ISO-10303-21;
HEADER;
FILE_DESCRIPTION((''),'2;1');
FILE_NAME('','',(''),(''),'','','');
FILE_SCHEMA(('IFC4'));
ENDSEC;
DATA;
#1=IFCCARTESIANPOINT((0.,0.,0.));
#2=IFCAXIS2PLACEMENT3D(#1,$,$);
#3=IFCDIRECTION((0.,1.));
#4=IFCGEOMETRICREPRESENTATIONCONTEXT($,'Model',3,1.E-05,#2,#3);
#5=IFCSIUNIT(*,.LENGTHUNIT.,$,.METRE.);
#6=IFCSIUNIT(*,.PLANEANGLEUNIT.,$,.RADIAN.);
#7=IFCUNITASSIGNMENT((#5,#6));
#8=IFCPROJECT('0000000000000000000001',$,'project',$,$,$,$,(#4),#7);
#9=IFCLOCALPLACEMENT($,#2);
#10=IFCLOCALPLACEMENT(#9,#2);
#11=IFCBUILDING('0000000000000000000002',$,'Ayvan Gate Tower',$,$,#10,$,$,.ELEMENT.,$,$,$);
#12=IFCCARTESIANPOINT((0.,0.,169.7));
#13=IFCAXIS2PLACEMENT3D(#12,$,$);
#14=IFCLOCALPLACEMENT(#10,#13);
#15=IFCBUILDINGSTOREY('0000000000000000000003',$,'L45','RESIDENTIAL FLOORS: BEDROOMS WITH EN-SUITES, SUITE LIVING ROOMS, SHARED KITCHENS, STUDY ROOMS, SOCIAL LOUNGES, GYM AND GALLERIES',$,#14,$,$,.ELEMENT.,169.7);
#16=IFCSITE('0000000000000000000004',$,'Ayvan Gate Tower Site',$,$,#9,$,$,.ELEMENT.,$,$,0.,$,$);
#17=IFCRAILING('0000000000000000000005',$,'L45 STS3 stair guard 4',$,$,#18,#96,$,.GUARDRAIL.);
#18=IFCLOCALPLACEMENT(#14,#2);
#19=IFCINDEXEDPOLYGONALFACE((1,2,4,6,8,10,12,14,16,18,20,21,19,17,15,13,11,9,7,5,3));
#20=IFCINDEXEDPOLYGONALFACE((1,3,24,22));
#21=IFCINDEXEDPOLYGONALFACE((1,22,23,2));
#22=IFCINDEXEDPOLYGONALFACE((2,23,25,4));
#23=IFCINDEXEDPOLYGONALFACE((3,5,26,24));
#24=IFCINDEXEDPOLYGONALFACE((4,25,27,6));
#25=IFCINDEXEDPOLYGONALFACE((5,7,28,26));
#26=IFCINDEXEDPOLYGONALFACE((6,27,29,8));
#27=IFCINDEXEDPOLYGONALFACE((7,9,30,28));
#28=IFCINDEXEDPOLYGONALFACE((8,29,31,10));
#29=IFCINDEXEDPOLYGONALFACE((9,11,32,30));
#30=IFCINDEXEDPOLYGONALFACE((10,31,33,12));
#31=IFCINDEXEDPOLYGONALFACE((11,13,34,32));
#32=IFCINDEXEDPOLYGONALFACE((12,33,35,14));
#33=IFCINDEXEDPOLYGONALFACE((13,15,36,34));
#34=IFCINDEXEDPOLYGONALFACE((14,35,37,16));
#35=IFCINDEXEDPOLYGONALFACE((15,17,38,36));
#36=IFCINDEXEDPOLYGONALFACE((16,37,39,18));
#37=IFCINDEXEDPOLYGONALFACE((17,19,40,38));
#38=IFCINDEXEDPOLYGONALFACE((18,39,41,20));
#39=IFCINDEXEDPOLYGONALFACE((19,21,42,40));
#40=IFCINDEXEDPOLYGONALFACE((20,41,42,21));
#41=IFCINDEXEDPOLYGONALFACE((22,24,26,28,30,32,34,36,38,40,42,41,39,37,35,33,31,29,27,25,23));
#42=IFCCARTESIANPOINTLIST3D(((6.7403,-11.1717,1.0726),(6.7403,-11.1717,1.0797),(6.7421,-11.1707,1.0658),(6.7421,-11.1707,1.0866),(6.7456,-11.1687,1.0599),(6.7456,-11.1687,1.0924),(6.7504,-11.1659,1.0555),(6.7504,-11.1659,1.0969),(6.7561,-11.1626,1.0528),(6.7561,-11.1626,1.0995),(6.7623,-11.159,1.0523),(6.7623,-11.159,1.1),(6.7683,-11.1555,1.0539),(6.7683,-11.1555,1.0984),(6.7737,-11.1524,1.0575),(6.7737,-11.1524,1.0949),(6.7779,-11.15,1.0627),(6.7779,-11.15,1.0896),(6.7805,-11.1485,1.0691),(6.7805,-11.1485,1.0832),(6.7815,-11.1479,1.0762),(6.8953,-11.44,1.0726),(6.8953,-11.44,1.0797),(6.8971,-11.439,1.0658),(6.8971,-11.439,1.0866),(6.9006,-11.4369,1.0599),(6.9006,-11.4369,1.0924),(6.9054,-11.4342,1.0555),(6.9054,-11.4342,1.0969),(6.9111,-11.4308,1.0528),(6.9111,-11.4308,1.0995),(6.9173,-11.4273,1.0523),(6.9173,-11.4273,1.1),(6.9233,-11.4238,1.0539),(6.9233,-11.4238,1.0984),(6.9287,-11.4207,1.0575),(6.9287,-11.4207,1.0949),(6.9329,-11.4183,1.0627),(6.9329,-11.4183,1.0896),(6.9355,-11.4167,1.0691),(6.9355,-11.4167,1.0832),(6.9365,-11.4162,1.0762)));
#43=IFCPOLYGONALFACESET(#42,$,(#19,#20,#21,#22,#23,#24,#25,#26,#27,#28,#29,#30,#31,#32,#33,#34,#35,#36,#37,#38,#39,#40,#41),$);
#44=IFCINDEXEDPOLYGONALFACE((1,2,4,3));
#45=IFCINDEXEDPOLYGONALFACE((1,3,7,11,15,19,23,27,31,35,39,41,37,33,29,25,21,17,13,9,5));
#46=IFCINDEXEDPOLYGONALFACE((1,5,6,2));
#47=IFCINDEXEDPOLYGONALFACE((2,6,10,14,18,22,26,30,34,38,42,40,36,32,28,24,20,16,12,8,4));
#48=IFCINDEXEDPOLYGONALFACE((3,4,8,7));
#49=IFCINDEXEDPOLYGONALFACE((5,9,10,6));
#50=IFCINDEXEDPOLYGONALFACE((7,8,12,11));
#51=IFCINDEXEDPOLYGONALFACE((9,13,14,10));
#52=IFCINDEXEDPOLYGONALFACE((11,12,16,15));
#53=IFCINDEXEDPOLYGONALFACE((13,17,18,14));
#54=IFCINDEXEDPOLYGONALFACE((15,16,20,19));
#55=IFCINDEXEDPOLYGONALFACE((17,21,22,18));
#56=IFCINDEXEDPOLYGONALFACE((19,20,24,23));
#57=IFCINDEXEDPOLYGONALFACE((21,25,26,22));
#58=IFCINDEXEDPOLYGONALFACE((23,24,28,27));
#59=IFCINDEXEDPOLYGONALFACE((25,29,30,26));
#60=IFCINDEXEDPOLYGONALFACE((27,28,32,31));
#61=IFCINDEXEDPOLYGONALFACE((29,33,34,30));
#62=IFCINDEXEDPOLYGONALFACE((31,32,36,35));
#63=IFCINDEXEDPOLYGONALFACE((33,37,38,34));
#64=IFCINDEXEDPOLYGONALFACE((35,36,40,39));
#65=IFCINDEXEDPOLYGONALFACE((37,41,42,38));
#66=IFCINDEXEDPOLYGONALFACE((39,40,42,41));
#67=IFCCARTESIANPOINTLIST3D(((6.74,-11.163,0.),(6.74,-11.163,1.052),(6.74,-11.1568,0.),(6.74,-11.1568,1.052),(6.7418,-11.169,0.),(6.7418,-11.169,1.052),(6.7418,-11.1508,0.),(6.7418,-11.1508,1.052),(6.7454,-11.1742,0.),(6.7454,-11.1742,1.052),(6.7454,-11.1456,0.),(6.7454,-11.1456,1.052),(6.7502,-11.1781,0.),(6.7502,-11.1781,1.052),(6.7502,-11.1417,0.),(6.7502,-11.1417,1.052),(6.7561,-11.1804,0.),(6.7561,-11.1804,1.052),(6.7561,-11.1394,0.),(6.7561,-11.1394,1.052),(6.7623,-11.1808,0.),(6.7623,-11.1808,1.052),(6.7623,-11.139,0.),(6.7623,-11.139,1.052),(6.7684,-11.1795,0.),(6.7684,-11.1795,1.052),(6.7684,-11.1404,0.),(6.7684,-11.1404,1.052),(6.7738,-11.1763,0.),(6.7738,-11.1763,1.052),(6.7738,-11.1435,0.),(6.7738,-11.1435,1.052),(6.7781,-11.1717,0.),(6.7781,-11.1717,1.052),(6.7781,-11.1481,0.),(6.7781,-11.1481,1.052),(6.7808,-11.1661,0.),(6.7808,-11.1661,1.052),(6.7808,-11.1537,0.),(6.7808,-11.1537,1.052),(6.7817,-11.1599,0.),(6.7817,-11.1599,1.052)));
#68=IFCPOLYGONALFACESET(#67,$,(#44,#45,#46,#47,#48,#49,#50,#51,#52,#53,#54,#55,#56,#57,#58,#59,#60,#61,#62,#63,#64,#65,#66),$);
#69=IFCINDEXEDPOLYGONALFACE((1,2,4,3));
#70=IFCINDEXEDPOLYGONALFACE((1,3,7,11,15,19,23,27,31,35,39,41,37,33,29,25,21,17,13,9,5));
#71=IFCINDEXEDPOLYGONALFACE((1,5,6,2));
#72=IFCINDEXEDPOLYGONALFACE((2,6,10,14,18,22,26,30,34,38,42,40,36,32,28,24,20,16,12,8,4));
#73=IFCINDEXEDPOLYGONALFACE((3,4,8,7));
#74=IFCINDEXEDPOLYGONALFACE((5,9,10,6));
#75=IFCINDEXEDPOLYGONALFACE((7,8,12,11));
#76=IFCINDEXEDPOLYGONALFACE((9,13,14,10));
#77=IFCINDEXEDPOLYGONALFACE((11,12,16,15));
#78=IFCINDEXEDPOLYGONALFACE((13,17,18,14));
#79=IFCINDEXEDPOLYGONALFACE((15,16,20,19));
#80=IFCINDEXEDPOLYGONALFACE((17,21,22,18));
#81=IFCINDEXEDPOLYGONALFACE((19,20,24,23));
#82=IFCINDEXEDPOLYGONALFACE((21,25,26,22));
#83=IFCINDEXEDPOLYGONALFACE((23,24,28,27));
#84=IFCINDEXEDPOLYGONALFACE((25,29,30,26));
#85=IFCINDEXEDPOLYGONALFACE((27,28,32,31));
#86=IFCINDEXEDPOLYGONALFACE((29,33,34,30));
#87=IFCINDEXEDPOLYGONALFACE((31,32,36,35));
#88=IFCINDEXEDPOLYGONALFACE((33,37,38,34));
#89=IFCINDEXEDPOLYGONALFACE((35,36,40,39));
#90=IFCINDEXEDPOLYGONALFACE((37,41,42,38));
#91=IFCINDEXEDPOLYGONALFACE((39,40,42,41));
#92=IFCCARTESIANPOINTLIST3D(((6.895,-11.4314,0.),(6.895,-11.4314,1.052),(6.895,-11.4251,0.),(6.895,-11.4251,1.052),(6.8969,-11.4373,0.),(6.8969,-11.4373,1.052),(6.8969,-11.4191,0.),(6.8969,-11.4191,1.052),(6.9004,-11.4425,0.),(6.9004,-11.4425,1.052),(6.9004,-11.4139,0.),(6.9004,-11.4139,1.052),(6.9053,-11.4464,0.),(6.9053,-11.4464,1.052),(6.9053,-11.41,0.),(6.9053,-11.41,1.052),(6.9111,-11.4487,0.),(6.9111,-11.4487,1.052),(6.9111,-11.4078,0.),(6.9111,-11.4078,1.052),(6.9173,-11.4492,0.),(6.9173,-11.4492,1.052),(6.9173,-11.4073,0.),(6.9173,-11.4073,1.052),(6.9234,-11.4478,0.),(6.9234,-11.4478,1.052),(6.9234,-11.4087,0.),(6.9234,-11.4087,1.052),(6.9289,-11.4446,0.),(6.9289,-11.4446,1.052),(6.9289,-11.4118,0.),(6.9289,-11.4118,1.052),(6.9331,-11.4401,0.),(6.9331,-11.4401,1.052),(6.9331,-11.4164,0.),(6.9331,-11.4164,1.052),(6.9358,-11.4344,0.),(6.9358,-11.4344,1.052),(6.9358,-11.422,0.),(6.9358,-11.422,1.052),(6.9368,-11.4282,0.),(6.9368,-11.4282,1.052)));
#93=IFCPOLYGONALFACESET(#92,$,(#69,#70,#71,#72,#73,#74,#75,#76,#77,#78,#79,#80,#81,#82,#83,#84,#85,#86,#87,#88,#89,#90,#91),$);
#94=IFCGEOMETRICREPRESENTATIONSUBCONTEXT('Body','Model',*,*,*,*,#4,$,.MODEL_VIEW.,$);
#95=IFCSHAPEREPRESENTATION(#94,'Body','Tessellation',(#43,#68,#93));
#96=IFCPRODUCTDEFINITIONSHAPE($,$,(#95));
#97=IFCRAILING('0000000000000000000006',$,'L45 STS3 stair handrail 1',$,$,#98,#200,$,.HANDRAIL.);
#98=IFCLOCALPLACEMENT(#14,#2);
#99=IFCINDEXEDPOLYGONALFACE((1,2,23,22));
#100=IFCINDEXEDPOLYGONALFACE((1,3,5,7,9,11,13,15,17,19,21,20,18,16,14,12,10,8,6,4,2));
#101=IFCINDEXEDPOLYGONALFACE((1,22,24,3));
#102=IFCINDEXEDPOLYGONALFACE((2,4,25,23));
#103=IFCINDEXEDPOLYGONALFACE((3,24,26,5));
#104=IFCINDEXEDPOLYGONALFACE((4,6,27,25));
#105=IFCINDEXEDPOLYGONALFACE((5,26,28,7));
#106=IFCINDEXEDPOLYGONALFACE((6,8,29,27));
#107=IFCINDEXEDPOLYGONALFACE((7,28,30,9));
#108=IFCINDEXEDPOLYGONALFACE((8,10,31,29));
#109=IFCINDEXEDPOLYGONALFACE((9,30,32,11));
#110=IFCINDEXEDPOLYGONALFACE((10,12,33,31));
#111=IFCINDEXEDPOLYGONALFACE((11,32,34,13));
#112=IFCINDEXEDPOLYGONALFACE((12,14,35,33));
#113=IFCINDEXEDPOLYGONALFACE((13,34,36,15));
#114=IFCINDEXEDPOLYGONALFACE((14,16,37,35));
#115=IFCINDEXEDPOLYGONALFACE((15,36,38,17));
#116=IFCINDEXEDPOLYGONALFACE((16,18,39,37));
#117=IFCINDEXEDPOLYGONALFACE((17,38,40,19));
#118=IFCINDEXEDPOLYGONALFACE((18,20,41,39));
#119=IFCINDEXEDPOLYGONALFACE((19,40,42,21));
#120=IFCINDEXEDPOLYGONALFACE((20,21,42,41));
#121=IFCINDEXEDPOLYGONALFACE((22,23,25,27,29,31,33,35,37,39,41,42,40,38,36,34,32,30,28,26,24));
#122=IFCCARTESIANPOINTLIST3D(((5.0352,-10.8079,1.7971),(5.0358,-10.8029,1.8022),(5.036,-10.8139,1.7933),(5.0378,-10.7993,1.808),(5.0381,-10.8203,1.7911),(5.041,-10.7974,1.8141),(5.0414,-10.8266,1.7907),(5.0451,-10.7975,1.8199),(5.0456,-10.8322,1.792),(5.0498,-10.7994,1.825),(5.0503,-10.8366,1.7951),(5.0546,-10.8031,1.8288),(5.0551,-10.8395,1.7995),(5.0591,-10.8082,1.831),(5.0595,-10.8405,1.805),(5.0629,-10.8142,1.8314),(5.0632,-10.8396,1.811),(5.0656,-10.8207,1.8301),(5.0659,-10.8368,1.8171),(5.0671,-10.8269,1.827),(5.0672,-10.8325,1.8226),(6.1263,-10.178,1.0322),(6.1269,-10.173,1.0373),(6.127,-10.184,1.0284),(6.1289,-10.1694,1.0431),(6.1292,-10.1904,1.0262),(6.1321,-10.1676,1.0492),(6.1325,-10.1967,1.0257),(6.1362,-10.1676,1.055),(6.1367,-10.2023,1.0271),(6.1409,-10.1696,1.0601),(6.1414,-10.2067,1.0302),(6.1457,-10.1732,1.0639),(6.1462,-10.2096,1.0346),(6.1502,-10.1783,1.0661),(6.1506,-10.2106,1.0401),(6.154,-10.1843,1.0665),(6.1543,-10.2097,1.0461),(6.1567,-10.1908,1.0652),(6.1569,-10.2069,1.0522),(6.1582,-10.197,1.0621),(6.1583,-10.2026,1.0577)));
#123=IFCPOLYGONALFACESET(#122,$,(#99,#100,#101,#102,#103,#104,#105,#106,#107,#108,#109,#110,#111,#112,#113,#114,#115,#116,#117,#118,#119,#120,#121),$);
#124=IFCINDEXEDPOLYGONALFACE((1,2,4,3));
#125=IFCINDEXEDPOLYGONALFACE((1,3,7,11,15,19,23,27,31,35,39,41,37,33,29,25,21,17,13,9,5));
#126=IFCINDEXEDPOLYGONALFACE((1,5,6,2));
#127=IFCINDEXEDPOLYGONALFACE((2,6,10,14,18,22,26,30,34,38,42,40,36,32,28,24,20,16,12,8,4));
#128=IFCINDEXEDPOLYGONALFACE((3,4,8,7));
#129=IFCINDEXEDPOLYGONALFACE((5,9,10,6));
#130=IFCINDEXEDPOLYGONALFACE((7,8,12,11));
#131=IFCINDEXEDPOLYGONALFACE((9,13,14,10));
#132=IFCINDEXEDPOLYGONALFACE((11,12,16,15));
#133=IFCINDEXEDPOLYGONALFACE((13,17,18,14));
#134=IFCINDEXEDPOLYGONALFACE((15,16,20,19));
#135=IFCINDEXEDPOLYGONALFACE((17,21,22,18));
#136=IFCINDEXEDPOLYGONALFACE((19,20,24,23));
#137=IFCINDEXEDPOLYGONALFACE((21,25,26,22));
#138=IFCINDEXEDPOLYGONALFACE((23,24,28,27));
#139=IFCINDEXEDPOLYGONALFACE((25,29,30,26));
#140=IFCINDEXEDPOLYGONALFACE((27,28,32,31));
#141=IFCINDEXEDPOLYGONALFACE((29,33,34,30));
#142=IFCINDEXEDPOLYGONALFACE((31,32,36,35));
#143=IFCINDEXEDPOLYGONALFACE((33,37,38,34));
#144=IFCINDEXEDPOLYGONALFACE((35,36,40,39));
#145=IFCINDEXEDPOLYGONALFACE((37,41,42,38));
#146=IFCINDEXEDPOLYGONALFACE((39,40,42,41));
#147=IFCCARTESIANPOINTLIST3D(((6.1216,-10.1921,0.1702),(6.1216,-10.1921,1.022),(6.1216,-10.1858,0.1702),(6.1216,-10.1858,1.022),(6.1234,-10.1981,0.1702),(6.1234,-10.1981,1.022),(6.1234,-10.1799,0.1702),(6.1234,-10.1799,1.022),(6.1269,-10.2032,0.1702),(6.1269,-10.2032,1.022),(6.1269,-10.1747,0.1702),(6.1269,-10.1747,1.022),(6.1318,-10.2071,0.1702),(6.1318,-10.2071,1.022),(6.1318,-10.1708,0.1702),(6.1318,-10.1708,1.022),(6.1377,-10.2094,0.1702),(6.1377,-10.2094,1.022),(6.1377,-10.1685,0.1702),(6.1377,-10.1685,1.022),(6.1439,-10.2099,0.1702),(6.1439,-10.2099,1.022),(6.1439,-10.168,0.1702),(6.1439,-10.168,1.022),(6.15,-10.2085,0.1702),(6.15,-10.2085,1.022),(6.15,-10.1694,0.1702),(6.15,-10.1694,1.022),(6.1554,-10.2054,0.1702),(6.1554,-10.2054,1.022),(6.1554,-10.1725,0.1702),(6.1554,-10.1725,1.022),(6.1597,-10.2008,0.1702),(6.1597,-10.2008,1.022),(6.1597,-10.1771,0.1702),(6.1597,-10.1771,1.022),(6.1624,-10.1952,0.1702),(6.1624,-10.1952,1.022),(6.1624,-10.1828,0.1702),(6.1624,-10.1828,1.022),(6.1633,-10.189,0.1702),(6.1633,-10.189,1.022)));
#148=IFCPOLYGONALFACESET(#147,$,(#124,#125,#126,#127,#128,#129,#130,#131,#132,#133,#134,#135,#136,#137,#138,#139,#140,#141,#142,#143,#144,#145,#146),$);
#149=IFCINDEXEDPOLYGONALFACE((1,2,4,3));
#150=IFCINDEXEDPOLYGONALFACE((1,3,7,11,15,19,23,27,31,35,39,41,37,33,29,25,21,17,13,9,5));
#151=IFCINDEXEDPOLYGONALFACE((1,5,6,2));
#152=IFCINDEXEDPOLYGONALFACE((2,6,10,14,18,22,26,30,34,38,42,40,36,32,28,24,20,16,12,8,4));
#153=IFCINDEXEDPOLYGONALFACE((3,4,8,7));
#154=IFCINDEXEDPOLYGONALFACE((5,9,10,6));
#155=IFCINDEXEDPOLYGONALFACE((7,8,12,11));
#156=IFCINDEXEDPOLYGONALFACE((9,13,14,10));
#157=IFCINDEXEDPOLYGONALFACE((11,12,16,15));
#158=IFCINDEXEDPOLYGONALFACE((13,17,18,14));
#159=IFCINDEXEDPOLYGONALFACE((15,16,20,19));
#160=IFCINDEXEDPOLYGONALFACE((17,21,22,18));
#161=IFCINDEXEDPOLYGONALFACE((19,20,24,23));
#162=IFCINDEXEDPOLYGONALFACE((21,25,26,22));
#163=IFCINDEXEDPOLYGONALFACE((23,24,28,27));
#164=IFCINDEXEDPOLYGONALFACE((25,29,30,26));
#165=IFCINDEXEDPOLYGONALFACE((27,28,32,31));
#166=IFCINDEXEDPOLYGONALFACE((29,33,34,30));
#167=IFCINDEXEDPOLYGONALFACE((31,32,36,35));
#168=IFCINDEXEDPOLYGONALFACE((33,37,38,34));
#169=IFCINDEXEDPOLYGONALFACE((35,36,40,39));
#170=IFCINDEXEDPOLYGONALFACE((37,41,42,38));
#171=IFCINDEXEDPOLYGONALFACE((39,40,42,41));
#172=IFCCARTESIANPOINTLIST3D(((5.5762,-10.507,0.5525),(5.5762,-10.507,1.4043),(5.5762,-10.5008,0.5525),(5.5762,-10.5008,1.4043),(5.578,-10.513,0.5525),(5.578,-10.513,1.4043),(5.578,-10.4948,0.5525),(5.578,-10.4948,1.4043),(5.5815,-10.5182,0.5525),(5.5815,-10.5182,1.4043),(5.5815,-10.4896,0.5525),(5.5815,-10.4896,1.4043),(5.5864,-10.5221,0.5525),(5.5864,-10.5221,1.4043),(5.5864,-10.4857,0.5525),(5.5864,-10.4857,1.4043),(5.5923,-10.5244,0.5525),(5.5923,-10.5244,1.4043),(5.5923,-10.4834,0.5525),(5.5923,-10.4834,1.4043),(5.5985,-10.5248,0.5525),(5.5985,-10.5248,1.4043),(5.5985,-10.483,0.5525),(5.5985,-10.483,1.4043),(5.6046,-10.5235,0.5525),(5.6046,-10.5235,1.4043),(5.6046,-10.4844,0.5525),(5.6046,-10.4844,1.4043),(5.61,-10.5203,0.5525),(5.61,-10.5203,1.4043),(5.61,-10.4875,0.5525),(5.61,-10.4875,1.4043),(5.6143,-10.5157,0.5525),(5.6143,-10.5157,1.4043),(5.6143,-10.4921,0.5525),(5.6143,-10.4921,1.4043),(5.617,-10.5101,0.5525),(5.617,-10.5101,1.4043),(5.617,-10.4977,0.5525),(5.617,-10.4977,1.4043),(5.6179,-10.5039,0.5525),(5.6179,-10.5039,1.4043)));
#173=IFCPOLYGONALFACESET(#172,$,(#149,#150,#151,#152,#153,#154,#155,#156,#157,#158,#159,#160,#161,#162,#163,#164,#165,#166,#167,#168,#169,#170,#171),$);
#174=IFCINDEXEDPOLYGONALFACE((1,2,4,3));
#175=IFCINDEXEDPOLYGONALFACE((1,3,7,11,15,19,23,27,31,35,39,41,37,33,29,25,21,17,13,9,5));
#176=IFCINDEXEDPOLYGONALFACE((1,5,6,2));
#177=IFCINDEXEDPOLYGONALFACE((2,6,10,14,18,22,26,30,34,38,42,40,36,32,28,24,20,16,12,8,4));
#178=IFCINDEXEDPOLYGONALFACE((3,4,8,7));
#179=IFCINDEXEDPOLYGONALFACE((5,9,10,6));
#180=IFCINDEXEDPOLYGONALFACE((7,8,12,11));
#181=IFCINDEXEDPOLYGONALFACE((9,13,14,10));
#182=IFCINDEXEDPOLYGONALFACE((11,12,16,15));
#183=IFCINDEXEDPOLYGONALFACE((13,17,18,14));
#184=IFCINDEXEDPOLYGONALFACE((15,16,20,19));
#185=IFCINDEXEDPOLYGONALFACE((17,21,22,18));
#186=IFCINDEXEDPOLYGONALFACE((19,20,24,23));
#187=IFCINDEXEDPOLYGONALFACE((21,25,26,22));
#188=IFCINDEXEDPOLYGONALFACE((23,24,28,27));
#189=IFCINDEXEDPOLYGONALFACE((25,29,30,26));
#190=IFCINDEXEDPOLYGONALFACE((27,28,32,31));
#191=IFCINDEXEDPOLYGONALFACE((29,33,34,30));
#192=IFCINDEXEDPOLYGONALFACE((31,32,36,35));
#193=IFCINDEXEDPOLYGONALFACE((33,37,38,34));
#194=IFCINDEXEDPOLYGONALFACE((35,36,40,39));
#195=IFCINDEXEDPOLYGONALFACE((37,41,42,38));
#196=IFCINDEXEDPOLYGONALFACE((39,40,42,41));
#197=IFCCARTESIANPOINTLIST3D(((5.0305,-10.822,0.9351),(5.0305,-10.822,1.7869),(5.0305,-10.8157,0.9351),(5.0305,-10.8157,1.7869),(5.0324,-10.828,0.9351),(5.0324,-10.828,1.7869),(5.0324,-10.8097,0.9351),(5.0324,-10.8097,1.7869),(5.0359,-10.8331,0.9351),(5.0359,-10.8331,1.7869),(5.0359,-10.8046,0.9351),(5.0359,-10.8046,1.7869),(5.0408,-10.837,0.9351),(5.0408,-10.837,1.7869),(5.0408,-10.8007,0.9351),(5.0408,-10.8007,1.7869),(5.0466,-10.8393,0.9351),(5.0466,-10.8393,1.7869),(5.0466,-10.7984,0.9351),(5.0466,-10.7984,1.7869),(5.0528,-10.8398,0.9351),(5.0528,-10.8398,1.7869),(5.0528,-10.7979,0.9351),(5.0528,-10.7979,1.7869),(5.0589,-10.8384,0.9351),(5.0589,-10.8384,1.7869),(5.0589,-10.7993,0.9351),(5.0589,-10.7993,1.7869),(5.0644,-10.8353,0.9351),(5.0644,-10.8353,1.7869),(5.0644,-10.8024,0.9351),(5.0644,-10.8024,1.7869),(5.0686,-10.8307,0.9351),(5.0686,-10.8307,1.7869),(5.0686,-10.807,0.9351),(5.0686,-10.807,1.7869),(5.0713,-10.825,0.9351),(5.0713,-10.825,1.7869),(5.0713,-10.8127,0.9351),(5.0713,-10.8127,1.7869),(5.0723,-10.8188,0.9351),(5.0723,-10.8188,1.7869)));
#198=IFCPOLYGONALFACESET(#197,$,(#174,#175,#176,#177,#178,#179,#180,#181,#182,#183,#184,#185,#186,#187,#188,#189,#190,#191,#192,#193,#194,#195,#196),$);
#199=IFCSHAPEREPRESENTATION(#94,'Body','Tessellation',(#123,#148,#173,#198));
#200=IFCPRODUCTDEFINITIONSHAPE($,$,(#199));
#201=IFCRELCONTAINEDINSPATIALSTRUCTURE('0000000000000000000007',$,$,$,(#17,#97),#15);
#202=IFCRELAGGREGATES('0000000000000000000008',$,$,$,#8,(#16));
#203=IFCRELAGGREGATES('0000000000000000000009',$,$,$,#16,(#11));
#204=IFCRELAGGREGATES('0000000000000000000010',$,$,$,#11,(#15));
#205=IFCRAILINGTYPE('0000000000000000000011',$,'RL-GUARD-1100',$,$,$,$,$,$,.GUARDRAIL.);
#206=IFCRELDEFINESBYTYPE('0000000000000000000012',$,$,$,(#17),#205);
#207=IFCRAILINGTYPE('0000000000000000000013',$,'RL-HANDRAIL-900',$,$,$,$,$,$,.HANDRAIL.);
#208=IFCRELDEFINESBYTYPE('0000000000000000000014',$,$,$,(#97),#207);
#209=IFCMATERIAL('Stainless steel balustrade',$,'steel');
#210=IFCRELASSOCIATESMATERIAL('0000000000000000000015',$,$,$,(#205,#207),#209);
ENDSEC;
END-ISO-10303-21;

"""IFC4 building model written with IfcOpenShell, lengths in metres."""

from ifc_helpers import new_model, si_unit, direction, frame, origin, origin_2d, place, context, subcontext, project, spatial, circle, extrude, material, type_object, element, save


model = new_model("IFC4")

# Units and contexts
model_context = context("Model", 3, precision=1e-05, world=origin(), true_north=direction((0.0, 1.0)))
body_context = subcontext(model_context, "Body", "Model", "MODEL_VIEW")
ifc_project = project(units=[si_unit("LENGTHUNIT", "METRE"), si_unit("PLANEANGLEUNIT", "RADIAN")], contexts=[model_context])

# Site, building, storey
site_placement = place(None, origin())
site = spatial("IfcSite", under=ifc_project, at=site_placement, Name="Ayvan Gate Tower Site", CompositionType="ELEMENT", RefElevation=0.0)
building_placement = place(site_placement, origin())
building = spatial("IfcBuilding", under=site, at=building_placement, Name="Ayvan Gate Tower", CompositionType="ELEMENT")
storey_placement = place(building_placement, frame((0.0, 0.0, 169.7)))
storey = spatial("IfcBuildingStorey", under=building, at=storey_placement, Name="L45", Description="RESIDENTIAL FLOORS: BEDROOMS WITH EN-SUITES, SUITE LIVING ROOMS, SHARED KITCHENS, STUDY ROOMS, SOCIAL LOUNGES, GYM AND GALLERIES", CompositionType="ELEMENT", Elevation=169.7)

# Railings
ifc_material_1 = material(Name="Stainless steel balustrade", Category="steel")
railing_type_1 = type_object("IfcRailingType", Name="RL-GUARD-1100", PredefinedType="GUARDRAIL", material=ifc_material_1)
railing_1_placement = place(storey_placement, frame((6.7607, -11.1599, 0.0)))
element("IfcRailing", 1, at=railing_1_placement, inside=storey, type_object=railing_type_1, Name="L45 STS3 stair guard 4", PredefinedType="GUARDRAIL", context=body_context, shape_type="SweptSolid", body=[
    extrude(circle(Radius=0.0239, at=origin_2d()), frame((0.0, 0.0, 1.0762), z_axis=(0.500291, -0.865857, 0.0), x_axis=(0.865857, 0.500291, 0.0)), (0.0, 0.0, 1.0), 0.3098),
    extrude(circle(Radius=0.021, at=origin_2d()), origin(), (0.0, 0.0, 1.0), 1.052),
    extrude(circle(Radius=0.021, at=origin_2d()), frame((0.155, -0.2683, 0.0)), (0.0, 0.0, 1.0), 1.052),
])
railing_type_2 = type_object("IfcRailingType", Name="RL-HANDRAIL-900", PredefinedType="HANDRAIL", material=ifc_material_1)
railing_2_placement = place(storey_placement, frame((6.1423, -10.189, 0.1702)))
element("IfcRailing", 2, at=railing_2_placement, inside=storey, type_object=railing_type_2, Name="L45 STS3 stair handrail 1", PredefinedType="HANDRAIL", context=body_context, shape_type="SweptSolid", body=[
    extrude(circle(Radius=0.0239, at=origin_2d()), frame((0.0, 0.0, 0.876), z_axis=(-0.740282, -0.427372, 0.518976), x_axis=(0.499974, -0.86604, 0.0)), (0.0, 0.0, 1.0), 1.4739),
    extrude(circle(Radius=0.021, at=origin_2d()), origin(), (0.0, 0.0, 1.0), 0.8518),
    extrude(circle(Radius=0.021, at=origin_2d()), frame((-0.5454, -0.3149, 0.3823)), (0.0, 0.0, 1.0), 0.8518),
    extrude(circle(Radius=0.021, at=origin_2d()), frame((-1.0911, -0.6299, 0.7649)), (0.0, 0.0, 1.0), 0.8518),
])

save(model, "model.ifc")
